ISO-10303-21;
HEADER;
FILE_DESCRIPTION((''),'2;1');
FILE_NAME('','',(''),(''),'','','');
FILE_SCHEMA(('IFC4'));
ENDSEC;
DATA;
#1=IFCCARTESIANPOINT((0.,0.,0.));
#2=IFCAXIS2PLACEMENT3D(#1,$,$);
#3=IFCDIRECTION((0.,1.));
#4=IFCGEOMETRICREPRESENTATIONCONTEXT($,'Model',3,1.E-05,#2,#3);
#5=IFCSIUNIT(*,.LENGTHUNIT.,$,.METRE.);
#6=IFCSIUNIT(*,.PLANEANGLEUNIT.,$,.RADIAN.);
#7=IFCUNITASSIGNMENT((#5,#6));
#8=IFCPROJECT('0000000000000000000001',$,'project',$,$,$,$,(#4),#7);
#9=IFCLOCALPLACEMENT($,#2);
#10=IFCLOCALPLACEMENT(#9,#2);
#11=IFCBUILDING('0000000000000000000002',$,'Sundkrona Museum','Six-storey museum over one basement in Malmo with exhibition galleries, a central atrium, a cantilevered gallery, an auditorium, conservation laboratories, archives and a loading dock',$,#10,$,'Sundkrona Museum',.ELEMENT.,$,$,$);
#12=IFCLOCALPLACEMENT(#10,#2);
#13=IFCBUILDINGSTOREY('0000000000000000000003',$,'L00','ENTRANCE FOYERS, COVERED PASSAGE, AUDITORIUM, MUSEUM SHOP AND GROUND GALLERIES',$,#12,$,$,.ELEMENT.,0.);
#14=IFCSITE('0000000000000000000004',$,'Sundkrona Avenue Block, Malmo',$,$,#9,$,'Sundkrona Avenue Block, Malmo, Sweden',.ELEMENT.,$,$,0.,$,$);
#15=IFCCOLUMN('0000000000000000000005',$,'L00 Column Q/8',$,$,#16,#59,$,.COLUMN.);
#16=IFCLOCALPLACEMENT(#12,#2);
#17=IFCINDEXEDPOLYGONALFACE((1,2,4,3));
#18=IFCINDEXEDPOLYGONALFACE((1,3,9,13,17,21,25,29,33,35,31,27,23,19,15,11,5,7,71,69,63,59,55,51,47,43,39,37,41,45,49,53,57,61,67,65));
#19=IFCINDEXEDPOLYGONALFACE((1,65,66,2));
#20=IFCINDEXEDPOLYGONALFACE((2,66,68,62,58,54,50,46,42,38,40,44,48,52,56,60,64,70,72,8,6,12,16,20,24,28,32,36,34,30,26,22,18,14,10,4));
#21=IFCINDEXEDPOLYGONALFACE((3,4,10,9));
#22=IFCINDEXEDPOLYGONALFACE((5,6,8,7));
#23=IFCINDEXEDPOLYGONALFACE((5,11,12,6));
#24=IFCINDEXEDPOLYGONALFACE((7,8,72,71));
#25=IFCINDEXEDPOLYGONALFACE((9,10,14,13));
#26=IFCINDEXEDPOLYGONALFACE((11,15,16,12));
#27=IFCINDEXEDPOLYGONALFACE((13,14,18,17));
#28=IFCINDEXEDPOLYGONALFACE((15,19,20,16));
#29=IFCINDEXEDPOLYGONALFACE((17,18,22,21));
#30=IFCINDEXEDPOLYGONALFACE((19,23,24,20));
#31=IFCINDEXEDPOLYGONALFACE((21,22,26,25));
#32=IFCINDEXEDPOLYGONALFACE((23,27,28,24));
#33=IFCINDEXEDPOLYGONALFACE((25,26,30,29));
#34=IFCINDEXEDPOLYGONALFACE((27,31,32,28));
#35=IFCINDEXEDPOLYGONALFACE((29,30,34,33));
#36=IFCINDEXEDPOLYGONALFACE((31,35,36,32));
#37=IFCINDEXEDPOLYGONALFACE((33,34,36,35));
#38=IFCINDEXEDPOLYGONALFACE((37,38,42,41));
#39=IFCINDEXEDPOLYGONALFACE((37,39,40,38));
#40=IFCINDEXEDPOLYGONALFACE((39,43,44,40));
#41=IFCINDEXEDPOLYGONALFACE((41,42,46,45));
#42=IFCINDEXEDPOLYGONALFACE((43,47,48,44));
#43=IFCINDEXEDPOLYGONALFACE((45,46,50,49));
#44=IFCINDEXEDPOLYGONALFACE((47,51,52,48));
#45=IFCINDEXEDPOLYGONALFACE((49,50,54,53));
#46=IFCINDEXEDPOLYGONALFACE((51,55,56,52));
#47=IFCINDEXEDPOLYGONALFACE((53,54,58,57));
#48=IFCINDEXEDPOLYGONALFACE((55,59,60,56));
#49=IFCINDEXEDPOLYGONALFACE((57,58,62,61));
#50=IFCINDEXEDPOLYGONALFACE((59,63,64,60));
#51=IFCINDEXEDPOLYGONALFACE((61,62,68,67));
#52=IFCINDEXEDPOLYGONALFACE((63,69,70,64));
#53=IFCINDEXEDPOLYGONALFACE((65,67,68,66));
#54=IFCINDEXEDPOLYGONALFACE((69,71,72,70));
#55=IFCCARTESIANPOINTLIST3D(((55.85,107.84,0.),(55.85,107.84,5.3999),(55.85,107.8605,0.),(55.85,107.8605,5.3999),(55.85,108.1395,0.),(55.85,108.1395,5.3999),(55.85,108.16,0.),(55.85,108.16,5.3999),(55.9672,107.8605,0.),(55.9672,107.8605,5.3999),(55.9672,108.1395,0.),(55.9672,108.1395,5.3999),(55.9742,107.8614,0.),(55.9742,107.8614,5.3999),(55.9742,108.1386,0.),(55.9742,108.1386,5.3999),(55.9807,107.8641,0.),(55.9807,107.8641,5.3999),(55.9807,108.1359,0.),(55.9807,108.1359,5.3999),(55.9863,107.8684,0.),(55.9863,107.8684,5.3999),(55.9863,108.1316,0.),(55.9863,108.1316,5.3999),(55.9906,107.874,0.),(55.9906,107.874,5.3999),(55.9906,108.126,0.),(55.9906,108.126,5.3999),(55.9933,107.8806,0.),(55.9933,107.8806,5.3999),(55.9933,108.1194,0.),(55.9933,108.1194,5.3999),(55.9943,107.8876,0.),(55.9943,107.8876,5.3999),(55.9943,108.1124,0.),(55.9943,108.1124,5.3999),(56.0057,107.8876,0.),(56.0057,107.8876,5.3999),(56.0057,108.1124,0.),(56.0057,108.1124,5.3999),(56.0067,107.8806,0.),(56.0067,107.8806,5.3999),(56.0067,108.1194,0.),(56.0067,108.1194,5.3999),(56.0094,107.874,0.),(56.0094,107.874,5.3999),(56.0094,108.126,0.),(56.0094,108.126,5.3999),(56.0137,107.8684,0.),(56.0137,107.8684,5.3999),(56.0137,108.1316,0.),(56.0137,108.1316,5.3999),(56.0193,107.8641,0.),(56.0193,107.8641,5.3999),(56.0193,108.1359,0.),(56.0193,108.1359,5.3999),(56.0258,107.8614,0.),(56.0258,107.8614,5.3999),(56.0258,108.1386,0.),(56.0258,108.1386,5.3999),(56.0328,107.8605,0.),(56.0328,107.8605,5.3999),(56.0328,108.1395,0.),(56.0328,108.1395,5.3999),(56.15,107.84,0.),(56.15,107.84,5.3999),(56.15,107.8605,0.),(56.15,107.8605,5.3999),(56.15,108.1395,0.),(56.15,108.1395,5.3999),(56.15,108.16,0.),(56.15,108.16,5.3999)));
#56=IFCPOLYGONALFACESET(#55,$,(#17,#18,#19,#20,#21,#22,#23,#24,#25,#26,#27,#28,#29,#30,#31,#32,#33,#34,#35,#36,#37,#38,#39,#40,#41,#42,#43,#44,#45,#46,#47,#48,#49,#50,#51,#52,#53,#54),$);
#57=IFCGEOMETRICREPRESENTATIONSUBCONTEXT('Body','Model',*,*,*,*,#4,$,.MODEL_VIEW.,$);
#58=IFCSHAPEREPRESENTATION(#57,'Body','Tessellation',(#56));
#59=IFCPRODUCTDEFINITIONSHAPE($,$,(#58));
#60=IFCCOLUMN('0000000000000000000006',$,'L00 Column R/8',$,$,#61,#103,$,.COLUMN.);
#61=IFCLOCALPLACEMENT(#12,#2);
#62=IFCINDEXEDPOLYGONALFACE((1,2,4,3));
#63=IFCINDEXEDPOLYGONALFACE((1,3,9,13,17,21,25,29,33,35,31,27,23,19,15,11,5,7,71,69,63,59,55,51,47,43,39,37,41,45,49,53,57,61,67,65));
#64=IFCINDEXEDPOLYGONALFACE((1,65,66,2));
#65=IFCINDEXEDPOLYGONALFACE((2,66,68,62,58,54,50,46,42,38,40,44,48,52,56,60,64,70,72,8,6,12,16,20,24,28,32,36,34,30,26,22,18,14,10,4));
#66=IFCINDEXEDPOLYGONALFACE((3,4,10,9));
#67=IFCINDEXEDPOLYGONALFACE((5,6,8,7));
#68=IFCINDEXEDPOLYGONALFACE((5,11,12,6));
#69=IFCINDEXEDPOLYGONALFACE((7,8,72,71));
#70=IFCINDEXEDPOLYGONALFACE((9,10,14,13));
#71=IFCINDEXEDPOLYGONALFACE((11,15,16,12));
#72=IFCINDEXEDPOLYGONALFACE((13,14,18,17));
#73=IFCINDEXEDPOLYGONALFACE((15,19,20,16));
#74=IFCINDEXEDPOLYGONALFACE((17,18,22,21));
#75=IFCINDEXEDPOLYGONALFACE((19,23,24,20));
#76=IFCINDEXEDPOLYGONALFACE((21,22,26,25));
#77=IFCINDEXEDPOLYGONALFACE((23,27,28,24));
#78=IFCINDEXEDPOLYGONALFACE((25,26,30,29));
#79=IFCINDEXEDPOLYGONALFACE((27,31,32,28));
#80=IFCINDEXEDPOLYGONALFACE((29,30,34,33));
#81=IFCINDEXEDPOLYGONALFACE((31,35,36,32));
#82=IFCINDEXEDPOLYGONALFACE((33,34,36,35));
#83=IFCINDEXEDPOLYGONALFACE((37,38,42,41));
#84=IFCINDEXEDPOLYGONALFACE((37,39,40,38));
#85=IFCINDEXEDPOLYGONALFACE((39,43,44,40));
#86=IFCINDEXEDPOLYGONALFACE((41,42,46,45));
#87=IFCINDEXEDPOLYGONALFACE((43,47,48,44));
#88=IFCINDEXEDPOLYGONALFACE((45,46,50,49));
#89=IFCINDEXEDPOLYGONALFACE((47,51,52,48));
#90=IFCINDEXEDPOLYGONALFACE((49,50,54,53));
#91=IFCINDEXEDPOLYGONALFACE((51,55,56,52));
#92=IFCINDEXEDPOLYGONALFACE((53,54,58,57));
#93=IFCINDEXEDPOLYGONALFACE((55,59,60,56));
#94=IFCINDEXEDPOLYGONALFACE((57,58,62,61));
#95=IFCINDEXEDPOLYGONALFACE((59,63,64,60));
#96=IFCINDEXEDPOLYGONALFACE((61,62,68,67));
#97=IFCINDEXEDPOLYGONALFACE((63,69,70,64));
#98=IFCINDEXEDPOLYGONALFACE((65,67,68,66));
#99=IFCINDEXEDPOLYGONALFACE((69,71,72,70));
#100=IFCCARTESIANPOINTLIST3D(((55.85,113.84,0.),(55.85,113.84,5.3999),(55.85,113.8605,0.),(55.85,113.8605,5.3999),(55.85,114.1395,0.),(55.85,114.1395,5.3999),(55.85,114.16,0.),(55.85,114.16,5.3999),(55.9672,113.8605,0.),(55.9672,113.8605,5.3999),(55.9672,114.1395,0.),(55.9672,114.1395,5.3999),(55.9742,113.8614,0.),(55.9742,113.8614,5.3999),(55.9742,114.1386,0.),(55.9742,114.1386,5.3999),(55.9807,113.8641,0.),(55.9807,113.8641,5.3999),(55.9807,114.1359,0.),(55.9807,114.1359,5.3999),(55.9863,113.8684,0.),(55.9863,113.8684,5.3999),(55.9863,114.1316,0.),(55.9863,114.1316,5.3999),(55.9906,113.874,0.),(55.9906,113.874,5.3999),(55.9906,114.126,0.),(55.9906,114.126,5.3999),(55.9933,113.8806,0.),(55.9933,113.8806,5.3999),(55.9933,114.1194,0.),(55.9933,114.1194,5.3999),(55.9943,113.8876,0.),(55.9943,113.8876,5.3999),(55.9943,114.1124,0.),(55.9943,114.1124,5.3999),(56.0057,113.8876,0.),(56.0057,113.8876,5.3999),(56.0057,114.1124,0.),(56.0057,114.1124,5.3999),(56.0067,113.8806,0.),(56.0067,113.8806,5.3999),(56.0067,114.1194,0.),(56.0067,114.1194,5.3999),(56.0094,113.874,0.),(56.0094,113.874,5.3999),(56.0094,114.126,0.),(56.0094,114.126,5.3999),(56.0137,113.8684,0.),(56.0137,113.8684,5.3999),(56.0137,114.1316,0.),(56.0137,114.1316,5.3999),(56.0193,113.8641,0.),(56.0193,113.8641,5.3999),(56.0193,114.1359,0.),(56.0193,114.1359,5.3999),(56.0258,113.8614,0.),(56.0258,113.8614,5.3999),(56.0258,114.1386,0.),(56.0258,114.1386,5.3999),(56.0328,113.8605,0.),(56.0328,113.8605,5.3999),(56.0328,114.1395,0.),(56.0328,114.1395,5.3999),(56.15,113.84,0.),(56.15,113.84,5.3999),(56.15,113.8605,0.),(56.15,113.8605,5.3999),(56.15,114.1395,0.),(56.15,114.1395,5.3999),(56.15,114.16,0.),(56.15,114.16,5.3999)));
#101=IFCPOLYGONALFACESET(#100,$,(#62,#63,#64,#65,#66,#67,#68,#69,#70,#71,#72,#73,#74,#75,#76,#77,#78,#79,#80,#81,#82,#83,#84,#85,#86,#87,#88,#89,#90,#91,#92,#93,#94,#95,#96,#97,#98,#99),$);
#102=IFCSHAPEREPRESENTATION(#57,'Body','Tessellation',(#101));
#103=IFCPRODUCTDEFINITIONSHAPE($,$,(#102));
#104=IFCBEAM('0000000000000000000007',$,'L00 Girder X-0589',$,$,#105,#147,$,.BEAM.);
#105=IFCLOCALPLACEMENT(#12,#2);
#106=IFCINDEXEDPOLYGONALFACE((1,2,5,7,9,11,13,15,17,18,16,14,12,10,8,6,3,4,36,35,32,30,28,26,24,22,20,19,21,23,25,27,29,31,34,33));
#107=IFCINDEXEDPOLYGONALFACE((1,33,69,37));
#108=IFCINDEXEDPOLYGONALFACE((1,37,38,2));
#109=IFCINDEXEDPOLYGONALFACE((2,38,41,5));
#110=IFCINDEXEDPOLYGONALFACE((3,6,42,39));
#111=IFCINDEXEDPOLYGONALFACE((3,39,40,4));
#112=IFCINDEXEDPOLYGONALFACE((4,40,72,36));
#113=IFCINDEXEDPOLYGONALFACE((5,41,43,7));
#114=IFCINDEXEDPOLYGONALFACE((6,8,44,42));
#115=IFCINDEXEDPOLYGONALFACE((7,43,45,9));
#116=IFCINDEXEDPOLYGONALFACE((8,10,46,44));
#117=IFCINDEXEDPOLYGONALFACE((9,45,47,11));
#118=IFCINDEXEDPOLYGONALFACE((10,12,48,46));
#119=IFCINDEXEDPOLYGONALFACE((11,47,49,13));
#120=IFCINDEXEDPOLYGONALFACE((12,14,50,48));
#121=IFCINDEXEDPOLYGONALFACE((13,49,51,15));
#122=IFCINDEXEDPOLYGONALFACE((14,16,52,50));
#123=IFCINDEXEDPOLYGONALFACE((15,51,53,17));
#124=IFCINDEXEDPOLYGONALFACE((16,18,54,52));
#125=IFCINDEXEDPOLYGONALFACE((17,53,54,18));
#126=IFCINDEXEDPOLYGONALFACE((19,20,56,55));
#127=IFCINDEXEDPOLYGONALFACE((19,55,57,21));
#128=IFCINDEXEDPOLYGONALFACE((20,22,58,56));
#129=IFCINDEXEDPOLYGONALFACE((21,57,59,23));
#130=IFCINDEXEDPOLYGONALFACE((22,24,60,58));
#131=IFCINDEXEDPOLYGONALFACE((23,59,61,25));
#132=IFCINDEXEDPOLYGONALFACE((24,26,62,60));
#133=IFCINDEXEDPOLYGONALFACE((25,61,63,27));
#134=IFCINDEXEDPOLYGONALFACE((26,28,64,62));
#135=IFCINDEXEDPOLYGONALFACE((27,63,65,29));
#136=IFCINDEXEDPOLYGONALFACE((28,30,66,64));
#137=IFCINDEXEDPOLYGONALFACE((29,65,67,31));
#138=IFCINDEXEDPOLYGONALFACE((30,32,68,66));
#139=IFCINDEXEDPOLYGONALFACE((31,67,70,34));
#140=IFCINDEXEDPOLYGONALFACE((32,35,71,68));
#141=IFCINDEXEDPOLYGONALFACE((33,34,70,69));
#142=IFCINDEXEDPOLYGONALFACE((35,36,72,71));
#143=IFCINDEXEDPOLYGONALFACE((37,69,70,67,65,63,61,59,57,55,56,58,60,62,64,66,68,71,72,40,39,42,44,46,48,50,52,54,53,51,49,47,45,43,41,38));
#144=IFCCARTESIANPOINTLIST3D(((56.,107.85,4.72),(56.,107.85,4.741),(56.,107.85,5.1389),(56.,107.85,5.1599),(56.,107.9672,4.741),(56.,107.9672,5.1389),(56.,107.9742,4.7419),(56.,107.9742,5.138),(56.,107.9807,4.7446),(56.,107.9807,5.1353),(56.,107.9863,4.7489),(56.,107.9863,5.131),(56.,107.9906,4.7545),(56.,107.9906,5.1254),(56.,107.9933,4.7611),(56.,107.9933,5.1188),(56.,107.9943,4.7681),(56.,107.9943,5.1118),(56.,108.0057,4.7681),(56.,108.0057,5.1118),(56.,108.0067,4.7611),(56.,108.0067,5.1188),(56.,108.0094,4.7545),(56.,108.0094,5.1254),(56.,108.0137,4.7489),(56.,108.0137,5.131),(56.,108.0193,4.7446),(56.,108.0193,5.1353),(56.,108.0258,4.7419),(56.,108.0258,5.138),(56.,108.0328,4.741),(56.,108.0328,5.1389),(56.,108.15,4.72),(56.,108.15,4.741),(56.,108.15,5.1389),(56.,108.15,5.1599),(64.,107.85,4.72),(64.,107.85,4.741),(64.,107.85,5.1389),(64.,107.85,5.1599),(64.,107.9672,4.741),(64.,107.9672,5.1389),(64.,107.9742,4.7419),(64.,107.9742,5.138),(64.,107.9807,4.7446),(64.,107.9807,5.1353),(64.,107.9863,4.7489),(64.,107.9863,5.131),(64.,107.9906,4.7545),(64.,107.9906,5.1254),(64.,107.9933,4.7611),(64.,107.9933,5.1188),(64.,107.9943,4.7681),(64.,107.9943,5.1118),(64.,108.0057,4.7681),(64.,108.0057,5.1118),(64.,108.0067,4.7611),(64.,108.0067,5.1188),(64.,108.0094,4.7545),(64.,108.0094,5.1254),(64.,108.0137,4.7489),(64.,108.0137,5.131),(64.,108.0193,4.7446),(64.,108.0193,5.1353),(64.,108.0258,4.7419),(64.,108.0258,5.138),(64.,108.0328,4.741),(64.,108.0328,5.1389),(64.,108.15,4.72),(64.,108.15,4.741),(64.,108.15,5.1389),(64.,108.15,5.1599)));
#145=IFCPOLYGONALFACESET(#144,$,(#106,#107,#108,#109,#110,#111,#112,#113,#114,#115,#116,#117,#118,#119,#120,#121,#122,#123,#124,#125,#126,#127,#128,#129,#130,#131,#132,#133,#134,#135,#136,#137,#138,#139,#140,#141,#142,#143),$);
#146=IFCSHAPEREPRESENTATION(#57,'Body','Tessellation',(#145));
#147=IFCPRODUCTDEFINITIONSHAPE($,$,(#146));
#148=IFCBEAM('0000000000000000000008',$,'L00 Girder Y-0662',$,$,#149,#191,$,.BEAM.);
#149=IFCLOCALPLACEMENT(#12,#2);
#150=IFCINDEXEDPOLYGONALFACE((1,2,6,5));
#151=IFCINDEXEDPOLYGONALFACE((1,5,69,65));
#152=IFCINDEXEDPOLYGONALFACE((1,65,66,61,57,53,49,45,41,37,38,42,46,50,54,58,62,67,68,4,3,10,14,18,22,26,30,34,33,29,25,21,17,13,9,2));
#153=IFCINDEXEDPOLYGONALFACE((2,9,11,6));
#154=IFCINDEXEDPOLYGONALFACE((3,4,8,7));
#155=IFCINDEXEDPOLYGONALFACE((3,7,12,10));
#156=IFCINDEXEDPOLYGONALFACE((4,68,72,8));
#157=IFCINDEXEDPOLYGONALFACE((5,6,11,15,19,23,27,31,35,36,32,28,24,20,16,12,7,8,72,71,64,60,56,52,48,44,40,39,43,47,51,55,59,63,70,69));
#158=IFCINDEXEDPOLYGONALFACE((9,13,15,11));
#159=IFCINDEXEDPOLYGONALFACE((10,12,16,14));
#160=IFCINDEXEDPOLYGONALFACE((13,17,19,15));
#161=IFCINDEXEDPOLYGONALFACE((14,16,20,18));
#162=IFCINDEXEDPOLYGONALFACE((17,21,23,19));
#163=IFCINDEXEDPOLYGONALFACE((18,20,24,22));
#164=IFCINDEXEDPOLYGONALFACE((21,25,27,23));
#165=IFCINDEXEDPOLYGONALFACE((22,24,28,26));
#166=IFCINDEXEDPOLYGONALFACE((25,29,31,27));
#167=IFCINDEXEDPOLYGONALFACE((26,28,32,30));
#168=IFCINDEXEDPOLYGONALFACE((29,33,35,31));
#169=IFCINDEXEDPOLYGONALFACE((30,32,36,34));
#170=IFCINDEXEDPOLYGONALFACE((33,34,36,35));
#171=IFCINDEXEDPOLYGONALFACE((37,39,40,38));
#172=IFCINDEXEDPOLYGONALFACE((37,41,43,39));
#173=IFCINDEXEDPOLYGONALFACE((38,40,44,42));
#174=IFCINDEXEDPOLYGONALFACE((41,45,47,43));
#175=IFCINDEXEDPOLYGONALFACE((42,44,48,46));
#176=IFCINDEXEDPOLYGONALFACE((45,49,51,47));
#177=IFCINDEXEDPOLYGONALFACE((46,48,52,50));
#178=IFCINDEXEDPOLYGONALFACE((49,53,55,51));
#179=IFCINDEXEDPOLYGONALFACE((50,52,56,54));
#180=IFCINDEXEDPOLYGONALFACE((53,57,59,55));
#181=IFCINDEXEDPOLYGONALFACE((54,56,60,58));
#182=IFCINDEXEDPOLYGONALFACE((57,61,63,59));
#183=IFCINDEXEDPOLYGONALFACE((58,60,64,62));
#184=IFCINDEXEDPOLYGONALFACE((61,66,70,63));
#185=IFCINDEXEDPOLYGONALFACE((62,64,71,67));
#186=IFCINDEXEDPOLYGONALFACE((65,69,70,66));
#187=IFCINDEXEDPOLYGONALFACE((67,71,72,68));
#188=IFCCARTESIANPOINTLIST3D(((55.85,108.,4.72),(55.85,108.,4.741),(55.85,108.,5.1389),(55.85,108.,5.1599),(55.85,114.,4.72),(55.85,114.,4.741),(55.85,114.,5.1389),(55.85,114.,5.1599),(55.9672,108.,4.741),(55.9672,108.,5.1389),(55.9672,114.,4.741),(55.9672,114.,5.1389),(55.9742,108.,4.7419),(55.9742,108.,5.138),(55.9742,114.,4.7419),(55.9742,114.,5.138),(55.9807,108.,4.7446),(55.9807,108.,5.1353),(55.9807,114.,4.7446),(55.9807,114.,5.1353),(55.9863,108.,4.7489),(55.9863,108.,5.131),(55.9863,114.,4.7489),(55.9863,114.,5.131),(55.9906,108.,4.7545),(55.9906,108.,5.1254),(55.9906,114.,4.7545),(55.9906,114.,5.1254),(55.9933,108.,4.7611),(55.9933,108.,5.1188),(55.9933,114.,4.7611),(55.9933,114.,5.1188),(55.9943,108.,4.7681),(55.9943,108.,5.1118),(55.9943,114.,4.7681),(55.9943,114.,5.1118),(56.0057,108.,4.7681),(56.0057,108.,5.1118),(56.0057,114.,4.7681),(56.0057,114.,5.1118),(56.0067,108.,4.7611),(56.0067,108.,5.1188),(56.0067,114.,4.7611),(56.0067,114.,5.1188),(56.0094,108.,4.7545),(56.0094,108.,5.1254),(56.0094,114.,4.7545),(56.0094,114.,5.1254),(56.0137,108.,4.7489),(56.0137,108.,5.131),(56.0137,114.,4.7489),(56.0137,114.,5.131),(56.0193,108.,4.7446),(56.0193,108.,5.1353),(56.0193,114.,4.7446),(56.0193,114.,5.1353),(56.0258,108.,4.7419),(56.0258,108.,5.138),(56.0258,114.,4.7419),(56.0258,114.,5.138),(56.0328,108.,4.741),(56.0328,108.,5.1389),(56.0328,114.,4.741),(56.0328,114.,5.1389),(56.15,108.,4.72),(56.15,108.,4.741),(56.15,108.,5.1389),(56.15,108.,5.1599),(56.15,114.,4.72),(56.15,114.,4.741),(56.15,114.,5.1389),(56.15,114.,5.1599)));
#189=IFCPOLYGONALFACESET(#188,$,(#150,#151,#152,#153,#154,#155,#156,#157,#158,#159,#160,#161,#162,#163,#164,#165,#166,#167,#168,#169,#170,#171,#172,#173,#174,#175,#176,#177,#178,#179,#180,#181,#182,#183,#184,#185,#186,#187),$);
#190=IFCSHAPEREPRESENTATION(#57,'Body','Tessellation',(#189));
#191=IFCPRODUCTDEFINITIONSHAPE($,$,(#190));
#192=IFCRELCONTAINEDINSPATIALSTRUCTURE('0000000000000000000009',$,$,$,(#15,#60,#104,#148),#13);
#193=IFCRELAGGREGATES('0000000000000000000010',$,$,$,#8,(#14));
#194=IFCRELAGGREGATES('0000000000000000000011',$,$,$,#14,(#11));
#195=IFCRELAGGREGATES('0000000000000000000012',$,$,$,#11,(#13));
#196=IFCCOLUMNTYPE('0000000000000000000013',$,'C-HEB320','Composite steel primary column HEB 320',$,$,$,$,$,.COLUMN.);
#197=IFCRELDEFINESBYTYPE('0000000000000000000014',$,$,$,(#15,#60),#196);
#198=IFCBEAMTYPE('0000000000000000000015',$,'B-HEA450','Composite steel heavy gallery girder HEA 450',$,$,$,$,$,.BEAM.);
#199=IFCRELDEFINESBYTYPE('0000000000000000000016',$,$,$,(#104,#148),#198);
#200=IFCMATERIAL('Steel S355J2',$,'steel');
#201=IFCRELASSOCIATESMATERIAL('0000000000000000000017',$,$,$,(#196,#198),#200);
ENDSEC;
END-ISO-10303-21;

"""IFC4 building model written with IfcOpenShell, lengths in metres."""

from ifc_helpers import new_model, si_unit, direction, frame, origin, origin_2d, place, context, subcontext, project, spatial, i_section, extrude, material, material_profile, profile_set, type_object, element, save


model = new_model("IFC4")

# Units and contexts
model_context = context("Model", 3, precision=1e-05, world=origin(), true_north=direction((0.0, 1.0)))
body_context = subcontext(model_context, "Body", "Model", "MODEL_VIEW")
ifc_project = project(units=[si_unit("LENGTHUNIT", "METRE"), si_unit("PLANEANGLEUNIT", "RADIAN")], contexts=[model_context])

# Site, building, storey
site_placement = place(None, origin())
site = spatial("IfcSite", under=ifc_project, at=site_placement, Name="Sundkrona Avenue Block, Malmo", LongName="Sundkrona Avenue Block, Malmo, Sweden", CompositionType="ELEMENT", RefElevation=0.0)
building_placement = place(site_placement, origin())
building = spatial("IfcBuilding", under=site, at=building_placement, Name="Sundkrona Museum", Description="Six-storey museum over one basement in Malmo with exhibition galleries, a central atrium, a cantilevered gallery, an auditorium, conservation laboratories, archives and a loading dock", LongName="Sundkrona Museum", CompositionType="ELEMENT")
storey_placement = place(building_placement, origin())
storey = spatial("IfcBuildingStorey", under=building, at=storey_placement, Name="L00", Description="ENTRANCE FOYERS, COVERED PASSAGE, AUDITORIUM, MUSEUM SHOP AND GROUND GALLERIES", CompositionType="ELEMENT", Elevation=0.0)

# Columns
ifc_material_1 = material(Name="Steel S355J2", Category="steel")
ifc_material_profile_1 = material_profile(ifc_material_1, i_section(OverallWidth=0.3, OverallDepth=0.3201, WebThickness=0.0115, FlangeThickness=0.0205, FilletRadius=0.0271, at=origin_2d()), Name="HEB 320")
ifc_profile_set_1 = profile_set([ifc_material_profile_1], Name="Steel S355J2")
column_type = type_object("IfcColumnType", Name="C-HEB320", Description="Composite steel primary column HEB 320", PredefinedType="COLUMN", material=ifc_profile_set_1)
for number, where, z_axis, x_axis, name in (
    (1, (56.0, 108.0, 0.0), (0.0, 0.0, 1.0), (1.0, 0.0, 0.0), "L00 Column Q/8"),
    (2, (56.0, 114.0, 0.0), (0.0, 0.0, 1.0), (1.0, 0.0, 0.0), "L00 Column R/8"),
):
    element("IfcColumn", number, at=place(storey_placement, frame(where, z_axis=z_axis, x_axis=x_axis)), inside=storey, type_object=column_type, Name=name, PredefinedType="COLUMN", context=body_context, shape_type="SweptSolid", body=[
        extrude(i_section(OverallWidth=0.3, OverallDepth=0.3201, WebThickness=0.0115, FlangeThickness=0.0205, FilletRadius=0.0271, at=origin_2d()), origin(), (0.0, 0.0, 1.0), 5.3999),
    ])

# Beams
ifc_material_profile_2 = material_profile(ifc_material_1, i_section(OverallWidth=0.3, OverallDepth=0.4399, WebThickness=0.0115, FlangeThickness=0.021, FilletRadius=0.0271, at=origin_2d()), Name="HEA 450")
ifc_profile_set_2 = profile_set([ifc_material_profile_2], Name="Steel S355J2")
beam_type_1 = type_object("IfcBeamType", Name="B-HEA450", Description="Composite steel heavy gallery girder HEA 450", PredefinedType="BEAM", material=ifc_profile_set_2)
beam_1_placement = place(storey_placement, frame((56.0, 108.0, 4.9399), z_axis=(1.0, 0.0, 0.0), x_axis=(0.0, 1.0, 0.0)))
element("IfcBeam", 3, at=beam_1_placement, inside=storey, type_object=beam_type_1, Name="L00 Girder X-0589", PredefinedType="BEAM", context=body_context, shape_type="SweptSolid", body=[
    extrude(i_section(OverallWidth=0.3, OverallDepth=0.4399, WebThickness=0.0115, FlangeThickness=0.021, FilletRadius=0.0271, at=origin_2d()), origin(), (0.0, 0.0, 1.0), 8.0),
])
beam_2_placement = place(storey_placement, frame((56.0, 108.0, 4.9399), z_axis=(0.0, 1.0, 0.0), x_axis=(-1.0, 0.0, 0.0)))
element("IfcBeam", 4, at=beam_2_placement, inside=storey, type_object=beam_type_1, Name="L00 Girder Y-0662", PredefinedType="BEAM", context=body_context, shape_type="SweptSolid", body=[
    extrude(i_section(OverallWidth=0.3, OverallDepth=0.4399, WebThickness=0.0115, FlangeThickness=0.021, FilletRadius=0.0271, at=origin_2d()), origin(), (0.0, 0.0, 1.0), 6.0),
])

save(model, "model.ifc")
